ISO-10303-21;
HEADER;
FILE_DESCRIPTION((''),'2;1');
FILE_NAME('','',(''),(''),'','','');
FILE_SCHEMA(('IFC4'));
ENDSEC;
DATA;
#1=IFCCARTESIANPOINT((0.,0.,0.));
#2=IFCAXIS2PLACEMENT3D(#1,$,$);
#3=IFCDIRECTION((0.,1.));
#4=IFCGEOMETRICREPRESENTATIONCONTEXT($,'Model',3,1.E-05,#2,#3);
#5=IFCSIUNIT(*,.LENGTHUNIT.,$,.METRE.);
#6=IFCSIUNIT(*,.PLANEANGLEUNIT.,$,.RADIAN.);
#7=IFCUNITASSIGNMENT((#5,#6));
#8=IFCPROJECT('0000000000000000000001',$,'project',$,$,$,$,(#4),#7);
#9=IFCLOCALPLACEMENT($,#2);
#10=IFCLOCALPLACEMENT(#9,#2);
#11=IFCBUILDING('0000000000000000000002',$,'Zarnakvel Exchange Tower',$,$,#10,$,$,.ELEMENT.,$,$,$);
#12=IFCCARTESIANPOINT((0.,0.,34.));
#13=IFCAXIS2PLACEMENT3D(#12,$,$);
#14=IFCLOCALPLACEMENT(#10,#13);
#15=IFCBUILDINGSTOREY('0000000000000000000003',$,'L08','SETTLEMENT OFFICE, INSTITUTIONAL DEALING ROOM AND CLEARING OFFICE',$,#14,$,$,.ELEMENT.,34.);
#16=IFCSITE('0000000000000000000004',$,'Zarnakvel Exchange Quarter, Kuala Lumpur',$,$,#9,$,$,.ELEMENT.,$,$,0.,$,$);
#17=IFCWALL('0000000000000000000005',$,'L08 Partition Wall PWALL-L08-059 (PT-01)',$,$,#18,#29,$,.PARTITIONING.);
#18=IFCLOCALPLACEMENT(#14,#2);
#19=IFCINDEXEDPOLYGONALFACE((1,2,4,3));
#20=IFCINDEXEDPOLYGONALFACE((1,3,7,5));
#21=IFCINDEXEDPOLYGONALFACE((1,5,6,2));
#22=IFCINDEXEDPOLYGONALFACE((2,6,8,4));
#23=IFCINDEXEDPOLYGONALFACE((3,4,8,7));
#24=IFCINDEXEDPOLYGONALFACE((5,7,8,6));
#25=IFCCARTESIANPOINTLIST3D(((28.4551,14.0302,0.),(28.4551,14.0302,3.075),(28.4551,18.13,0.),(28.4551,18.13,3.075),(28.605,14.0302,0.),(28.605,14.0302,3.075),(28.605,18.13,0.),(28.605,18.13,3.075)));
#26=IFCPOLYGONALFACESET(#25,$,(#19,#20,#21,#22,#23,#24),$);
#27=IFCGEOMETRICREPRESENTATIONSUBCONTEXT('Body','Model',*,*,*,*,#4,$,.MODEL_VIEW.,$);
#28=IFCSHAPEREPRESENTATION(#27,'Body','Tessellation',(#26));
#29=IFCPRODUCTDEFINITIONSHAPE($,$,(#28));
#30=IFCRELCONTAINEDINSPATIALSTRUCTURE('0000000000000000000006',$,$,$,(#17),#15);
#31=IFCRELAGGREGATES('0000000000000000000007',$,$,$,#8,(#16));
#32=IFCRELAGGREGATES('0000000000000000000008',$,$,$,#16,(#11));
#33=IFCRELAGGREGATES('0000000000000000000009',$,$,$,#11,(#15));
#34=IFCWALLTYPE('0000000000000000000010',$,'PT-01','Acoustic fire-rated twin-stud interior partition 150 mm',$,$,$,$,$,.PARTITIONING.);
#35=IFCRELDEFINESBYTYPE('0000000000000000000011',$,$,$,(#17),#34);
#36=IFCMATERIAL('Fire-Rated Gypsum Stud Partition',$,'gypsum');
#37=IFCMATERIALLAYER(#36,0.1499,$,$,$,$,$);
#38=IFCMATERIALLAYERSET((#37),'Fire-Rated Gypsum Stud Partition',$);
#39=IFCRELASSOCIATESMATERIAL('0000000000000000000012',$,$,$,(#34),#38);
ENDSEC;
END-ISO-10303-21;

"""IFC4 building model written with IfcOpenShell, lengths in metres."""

from ifc_helpers import new_model, si_unit, direction, frame, frame_2d, origin, place, context, subcontext, project, spatial, rectangle, extrude, material, layer, layer_set, type_object, element, save


model = new_model("IFC4")

# Units and contexts
model_context = context("Model", 3, precision=1e-05, world=origin(), true_north=direction((0.0, 1.0)))
body_context = subcontext(model_context, "Body", "Model", "MODEL_VIEW")
ifc_project = project(units=[si_unit("LENGTHUNIT", "METRE"), si_unit("PLANEANGLEUNIT", "RADIAN")], contexts=[model_context])

# Site, building, storey
site_placement = place(None, origin())
site = spatial("IfcSite", under=ifc_project, at=site_placement, Name="Zarnakvel Exchange Quarter, Kuala Lumpur", CompositionType="ELEMENT", RefElevation=0.0)
building_placement = place(site_placement, origin())
building = spatial("IfcBuilding", under=site, at=building_placement, Name="Zarnakvel Exchange Tower", CompositionType="ELEMENT")
storey_placement = place(building_placement, frame((0.0, 0.0, 34.0)))
storey = spatial("IfcBuildingStorey", under=building, at=storey_placement, Name="L08", Description="SETTLEMENT OFFICE, INSTITUTIONAL DEALING ROOM AND CLEARING OFFICE", CompositionType="ELEMENT", Elevation=34.0)

# Shared definitions
ifc_material_1 = material(Name="Fire-Rated Gypsum Stud Partition", Category="gypsum")
ifc_layer_1 = layer(ifc_material_1, 0.1499)
ifc_layer_set_1 = layer_set([ifc_layer_1], Name="Fire-Rated Gypsum Stud Partition")
wall_type_1 = type_object("IfcWallType", Name="PT-01", Description="Acoustic fire-rated twin-stud interior partition 150 mm", PredefinedType="PARTITIONING", material=ifc_layer_set_1)

# Wall
wall_1_placement = place(storey_placement, frame((28.53, 18.1299, 0.0), z_axis=(0.0, 0.0, 1.0), x_axis=(0.0, -1.0, 0.0)))
element("IfcWall", 1, at=wall_1_placement, inside=storey, type_object=wall_type_1, Name="L08 Partition Wall PWALL-L08-059 (PT-01)", PredefinedType="PARTITIONING", context=body_context, shape_type="SweptSolid", body=[
    extrude(rectangle(XDim=4.0999, YDim=0.1499, at=frame_2d((2.0498, 0.0))), origin(), (0.0, 0.0, 1.0), 3.075),
])

save(model, "model.ifc")
